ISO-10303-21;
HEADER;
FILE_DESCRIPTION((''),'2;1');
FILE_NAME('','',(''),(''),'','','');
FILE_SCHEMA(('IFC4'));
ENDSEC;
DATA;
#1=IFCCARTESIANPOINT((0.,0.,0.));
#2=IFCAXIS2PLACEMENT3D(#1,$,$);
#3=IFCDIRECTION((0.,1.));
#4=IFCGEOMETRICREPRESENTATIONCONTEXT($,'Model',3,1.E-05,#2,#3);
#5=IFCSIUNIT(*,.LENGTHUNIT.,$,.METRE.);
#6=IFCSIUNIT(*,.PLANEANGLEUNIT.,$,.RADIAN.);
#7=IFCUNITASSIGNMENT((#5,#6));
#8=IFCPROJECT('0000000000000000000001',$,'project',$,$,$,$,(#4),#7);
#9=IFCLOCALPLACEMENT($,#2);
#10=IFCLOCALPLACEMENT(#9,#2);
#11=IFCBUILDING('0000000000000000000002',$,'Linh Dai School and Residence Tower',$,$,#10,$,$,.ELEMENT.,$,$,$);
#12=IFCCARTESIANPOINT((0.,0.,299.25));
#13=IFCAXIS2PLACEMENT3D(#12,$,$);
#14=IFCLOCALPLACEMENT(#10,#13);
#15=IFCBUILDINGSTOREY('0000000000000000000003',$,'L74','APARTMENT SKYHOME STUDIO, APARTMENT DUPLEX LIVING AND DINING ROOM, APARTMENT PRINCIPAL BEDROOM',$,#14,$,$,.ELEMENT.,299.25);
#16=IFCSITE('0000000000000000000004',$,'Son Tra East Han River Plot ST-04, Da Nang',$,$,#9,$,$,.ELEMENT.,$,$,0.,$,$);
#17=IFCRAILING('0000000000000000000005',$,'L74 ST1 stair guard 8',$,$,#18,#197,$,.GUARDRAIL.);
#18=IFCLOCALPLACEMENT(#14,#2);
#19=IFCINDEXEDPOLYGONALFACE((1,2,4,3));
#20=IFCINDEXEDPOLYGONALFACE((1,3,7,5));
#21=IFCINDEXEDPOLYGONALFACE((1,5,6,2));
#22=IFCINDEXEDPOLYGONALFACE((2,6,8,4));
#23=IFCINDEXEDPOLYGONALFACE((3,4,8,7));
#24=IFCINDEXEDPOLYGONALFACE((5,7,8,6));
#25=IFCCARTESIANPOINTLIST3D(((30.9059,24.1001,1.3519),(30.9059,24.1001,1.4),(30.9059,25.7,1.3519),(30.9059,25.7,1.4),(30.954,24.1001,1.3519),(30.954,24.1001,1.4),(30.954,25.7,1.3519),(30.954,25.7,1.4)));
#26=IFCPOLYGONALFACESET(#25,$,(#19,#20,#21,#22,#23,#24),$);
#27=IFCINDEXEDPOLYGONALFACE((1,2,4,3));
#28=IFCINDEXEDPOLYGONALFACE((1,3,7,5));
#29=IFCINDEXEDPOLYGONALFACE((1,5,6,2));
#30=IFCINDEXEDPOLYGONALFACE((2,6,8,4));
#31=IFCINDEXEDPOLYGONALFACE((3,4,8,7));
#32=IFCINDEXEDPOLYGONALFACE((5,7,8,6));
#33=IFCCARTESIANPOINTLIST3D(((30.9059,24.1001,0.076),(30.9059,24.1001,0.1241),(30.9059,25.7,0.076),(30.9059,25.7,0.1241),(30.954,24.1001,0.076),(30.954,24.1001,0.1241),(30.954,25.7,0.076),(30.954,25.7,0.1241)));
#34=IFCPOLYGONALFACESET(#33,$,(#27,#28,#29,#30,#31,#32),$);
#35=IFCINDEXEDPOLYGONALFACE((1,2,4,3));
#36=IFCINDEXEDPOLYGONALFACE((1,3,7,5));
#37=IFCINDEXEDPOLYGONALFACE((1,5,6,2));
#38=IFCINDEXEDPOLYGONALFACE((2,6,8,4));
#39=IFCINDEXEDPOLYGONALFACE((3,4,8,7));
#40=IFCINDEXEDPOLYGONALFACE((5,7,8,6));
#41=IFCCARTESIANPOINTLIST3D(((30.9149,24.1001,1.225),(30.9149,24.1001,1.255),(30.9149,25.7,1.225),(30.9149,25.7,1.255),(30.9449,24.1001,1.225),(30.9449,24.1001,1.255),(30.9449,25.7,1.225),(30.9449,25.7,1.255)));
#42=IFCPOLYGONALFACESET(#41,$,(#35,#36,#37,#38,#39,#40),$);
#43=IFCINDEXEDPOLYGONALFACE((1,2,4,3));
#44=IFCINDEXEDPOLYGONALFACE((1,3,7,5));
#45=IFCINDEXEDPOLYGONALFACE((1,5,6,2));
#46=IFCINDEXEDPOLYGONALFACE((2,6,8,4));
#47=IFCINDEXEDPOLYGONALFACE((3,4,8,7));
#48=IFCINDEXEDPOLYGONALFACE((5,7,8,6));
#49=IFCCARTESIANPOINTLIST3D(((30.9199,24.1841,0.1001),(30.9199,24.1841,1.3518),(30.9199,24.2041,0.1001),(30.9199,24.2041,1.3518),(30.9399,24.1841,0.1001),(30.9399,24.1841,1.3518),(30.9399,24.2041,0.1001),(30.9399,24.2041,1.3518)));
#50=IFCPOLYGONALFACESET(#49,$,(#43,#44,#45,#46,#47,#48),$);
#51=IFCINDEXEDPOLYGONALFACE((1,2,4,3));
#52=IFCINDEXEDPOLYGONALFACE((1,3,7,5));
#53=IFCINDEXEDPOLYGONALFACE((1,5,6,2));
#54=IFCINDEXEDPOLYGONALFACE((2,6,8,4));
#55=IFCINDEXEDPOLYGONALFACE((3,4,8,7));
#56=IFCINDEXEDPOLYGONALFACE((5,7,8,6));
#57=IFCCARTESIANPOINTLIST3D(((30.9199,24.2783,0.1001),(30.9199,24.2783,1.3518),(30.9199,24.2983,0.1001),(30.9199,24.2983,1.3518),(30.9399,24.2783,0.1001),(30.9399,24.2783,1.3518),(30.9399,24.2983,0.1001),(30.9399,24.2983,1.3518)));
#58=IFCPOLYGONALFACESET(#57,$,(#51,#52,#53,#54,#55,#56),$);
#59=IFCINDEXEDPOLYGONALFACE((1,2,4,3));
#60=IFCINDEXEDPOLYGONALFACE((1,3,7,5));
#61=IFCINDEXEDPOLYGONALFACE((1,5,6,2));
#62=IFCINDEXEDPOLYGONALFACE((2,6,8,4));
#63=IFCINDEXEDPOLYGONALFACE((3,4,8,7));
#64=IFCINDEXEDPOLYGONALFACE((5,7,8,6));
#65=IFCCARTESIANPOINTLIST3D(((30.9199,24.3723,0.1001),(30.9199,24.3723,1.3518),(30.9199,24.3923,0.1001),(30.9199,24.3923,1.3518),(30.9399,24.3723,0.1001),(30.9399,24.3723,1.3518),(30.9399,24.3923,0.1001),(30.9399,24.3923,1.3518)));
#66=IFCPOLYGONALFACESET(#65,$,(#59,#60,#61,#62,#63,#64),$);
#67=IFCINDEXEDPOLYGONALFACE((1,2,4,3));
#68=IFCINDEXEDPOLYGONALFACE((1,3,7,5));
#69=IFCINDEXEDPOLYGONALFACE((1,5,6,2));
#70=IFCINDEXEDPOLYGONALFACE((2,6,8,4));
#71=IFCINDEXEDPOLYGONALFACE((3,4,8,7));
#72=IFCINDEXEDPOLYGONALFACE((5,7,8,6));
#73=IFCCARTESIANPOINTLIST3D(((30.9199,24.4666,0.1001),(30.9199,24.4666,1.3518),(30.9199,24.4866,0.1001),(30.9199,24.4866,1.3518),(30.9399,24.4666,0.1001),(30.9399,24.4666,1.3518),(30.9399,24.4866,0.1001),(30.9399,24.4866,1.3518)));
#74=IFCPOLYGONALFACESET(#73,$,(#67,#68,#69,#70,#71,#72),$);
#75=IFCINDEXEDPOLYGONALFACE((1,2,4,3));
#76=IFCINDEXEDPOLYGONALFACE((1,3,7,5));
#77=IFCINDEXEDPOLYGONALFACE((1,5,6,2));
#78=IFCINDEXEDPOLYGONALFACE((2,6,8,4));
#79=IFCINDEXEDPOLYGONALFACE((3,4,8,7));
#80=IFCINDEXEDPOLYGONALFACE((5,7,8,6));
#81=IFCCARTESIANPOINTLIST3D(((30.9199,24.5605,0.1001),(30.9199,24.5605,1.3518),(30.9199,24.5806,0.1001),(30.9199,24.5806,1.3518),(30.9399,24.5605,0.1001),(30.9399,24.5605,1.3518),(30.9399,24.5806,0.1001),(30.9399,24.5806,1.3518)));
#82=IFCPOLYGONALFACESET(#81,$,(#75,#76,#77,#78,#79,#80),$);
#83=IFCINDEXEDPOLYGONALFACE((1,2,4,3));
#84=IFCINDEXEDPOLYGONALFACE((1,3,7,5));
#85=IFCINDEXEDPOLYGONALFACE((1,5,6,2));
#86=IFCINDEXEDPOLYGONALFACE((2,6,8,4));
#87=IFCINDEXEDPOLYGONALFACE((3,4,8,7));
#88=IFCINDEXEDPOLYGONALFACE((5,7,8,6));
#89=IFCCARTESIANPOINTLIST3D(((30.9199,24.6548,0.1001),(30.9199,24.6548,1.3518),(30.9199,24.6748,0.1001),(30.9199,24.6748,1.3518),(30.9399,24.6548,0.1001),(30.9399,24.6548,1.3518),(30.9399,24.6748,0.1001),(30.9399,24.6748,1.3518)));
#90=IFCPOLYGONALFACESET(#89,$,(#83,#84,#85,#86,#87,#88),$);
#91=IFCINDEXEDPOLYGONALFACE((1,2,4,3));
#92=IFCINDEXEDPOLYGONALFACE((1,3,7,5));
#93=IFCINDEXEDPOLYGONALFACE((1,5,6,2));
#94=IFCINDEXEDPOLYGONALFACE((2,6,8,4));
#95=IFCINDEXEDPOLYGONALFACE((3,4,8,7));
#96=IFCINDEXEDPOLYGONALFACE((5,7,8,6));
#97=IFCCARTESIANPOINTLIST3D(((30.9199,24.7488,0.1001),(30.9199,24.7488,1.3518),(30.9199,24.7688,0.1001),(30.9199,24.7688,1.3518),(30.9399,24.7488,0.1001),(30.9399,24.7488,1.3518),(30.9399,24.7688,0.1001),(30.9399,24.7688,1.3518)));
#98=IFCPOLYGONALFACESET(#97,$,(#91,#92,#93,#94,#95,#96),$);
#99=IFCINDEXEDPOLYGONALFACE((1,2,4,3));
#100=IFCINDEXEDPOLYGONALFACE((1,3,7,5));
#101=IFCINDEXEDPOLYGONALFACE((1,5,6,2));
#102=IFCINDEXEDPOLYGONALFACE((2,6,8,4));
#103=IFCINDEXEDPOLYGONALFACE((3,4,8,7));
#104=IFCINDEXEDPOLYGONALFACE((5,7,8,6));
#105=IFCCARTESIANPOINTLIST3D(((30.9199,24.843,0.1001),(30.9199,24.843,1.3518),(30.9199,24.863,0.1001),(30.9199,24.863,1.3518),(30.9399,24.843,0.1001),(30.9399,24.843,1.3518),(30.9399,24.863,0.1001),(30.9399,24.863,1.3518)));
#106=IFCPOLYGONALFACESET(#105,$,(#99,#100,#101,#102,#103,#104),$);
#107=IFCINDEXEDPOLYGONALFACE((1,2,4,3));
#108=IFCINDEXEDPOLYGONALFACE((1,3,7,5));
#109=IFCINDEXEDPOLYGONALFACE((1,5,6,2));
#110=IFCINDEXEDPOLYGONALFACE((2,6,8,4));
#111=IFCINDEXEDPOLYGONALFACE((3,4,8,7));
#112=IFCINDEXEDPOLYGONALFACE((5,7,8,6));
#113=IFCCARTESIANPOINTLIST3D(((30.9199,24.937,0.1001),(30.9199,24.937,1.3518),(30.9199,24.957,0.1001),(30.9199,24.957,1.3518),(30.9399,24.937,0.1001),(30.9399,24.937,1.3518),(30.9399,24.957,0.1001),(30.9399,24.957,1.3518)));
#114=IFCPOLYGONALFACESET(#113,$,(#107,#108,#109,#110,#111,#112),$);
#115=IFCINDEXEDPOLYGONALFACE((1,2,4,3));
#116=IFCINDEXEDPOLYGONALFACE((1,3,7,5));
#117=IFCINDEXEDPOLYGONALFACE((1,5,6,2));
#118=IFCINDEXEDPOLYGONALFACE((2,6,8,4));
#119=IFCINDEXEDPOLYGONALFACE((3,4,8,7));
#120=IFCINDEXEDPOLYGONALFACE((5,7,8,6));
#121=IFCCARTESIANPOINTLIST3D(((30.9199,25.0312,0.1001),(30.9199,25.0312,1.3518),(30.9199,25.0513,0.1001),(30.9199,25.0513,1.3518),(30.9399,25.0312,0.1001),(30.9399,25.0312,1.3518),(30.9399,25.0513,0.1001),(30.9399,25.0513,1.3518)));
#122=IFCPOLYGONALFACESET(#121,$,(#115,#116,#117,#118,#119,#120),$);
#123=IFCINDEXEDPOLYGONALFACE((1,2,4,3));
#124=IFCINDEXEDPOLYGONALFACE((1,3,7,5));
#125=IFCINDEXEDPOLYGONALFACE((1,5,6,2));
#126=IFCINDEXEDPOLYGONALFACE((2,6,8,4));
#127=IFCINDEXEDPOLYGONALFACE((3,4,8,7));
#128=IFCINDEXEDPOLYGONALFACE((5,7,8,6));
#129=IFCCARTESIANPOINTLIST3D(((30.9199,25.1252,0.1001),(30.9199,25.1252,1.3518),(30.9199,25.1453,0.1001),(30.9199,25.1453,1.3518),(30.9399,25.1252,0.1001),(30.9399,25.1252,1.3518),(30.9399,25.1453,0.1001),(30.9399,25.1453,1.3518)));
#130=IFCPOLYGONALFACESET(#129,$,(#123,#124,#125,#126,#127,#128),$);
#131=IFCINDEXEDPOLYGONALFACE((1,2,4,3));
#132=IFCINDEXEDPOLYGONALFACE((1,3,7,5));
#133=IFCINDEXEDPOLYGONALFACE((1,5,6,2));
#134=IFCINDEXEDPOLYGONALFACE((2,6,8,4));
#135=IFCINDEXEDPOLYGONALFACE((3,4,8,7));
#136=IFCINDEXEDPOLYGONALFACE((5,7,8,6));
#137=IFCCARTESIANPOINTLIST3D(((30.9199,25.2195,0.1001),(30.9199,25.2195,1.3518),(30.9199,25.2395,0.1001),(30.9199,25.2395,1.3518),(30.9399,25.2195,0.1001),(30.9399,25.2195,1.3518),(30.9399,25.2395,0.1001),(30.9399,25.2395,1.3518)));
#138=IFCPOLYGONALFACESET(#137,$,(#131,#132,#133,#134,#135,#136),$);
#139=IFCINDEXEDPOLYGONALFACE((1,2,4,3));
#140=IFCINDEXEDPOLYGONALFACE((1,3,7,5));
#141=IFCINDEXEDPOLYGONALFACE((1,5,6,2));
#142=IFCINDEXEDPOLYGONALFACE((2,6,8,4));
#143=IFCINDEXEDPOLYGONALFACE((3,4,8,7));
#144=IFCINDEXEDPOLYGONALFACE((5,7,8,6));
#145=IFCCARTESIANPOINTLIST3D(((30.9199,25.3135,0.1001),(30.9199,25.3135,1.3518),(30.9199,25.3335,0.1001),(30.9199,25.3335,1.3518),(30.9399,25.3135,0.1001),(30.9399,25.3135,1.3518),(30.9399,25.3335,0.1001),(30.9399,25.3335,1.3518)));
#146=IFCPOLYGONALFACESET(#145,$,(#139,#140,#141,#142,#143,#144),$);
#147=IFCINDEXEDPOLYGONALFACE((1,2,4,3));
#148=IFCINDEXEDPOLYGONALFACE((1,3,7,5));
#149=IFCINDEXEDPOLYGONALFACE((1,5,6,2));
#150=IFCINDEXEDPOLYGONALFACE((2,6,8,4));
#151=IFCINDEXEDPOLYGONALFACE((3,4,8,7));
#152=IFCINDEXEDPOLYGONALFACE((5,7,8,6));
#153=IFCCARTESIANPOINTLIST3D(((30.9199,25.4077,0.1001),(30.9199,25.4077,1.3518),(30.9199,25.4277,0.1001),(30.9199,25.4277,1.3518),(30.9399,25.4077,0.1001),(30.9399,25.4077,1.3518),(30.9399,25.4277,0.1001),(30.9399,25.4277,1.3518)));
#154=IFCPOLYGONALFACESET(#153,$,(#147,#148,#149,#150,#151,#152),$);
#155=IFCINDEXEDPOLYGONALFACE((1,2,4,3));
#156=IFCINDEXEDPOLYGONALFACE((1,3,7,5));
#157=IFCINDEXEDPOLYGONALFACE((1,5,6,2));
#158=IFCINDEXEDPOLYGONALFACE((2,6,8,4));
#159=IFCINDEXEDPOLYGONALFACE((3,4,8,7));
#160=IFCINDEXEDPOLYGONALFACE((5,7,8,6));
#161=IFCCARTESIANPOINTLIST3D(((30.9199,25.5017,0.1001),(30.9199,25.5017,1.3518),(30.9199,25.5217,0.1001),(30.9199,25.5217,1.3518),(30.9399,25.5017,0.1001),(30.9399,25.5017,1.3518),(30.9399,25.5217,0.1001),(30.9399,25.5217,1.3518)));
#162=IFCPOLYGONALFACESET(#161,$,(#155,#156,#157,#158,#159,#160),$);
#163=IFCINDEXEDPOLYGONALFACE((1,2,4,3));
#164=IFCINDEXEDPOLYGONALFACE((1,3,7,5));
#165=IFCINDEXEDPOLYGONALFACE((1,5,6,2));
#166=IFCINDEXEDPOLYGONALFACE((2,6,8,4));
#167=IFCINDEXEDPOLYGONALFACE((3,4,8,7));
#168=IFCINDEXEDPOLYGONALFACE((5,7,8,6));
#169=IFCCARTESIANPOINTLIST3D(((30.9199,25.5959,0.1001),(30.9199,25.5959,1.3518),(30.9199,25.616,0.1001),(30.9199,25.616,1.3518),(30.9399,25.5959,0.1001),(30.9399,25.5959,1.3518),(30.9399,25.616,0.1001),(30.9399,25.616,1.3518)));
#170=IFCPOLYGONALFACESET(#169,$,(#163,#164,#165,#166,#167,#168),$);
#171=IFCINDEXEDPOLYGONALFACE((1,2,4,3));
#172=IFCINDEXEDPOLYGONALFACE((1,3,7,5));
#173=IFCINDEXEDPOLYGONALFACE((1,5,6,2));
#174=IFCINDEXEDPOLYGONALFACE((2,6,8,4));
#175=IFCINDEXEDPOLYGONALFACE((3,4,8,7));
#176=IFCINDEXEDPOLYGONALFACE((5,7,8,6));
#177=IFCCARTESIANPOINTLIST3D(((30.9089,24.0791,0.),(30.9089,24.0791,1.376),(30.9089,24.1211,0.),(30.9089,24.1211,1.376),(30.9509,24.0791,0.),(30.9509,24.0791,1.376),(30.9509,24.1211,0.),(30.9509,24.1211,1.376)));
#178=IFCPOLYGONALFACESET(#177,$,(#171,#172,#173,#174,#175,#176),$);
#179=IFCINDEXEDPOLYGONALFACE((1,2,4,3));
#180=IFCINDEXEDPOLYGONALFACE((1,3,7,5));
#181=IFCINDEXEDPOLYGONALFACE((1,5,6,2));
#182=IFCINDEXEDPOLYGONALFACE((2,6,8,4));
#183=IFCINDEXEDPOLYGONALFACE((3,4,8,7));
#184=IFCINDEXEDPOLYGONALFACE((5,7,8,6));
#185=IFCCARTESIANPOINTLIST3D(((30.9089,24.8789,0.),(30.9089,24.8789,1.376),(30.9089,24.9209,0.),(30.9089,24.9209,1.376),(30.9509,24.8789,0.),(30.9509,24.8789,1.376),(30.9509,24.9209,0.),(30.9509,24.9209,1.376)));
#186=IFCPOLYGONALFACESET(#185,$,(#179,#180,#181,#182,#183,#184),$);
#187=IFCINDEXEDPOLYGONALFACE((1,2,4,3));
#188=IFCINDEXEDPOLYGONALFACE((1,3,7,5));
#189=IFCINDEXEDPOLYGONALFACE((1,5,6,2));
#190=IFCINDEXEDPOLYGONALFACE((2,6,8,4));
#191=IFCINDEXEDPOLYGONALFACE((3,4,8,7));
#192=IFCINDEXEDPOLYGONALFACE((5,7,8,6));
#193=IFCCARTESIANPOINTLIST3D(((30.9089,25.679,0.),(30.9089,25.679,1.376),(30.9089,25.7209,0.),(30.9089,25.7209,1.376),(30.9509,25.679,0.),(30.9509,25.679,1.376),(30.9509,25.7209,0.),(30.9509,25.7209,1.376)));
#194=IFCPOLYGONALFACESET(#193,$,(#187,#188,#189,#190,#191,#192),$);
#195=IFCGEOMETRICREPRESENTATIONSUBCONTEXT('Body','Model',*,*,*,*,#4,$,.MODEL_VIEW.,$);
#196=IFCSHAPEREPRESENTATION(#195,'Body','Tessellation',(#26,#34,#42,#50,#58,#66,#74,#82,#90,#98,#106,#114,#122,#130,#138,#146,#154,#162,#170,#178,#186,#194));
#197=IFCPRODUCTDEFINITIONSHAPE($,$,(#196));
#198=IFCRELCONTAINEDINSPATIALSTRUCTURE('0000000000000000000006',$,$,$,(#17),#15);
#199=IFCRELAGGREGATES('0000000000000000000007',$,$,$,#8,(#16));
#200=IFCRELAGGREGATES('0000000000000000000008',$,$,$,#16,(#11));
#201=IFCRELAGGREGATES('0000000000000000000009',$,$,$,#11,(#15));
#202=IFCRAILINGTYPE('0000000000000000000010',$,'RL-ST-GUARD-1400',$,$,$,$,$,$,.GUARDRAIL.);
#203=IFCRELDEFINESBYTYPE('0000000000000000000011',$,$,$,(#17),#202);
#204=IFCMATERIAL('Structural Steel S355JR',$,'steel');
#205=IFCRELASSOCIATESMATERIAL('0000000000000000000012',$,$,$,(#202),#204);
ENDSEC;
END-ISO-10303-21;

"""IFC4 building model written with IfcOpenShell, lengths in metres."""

from ifc_helpers import new_model, si_unit, direction, frame, origin, origin_2d, place, context, subcontext, project, spatial, rectangle, extrude, source, transform, mapped, material, type_object, element, save


model = new_model("IFC4")

# Units and contexts
model_context = context("Model", 3, precision=1e-05, world=origin(), true_north=direction((0.0, 1.0)))
body_context = subcontext(model_context, "Body", "Model", "MODEL_VIEW")
ifc_project = project(units=[si_unit("LENGTHUNIT", "METRE"), si_unit("PLANEANGLEUNIT", "RADIAN")], contexts=[model_context])

# Site, building, storey
site_placement = place(None, origin())
site = spatial("IfcSite", under=ifc_project, at=site_placement, Name="Son Tra East Han River Plot ST-04, Da Nang", CompositionType="ELEMENT", RefElevation=0.0)
building_placement = place(site_placement, origin())
building = spatial("IfcBuilding", under=site, at=building_placement, Name="Linh Dai School and Residence Tower", CompositionType="ELEMENT")
storey_placement = place(building_placement, frame((0.0, 0.0, 299.25)))
storey = spatial("IfcBuildingStorey", under=building, at=storey_placement, Name="L74", Description="APARTMENT SKYHOME STUDIO, APARTMENT DUPLEX LIVING AND DINING ROOM, APARTMENT PRINCIPAL BEDROOM", CompositionType="ELEMENT", Elevation=299.25)

# Shared definitions
ifc_material_1 = material(Name="Structural Steel S355JR", Category="steel")

# Railing
railing_type_1 = type_object("IfcRailingType", Name="RL-ST-GUARD-1400", PredefinedType="GUARDRAIL", material=ifc_material_1)
shared_shape_1 = source(origin(), body_context, "Body", "SweptSolid", [
    extrude(rectangle(XDim=0.0481, YDim=0.0481, at=origin_2d()), frame((0.0, 0.0, 1.376), z_axis=(0.0, 1.0, 0.0), x_axis=(-1.0, 0.0, 0.0)), (0.0, 0.0, 1.0), 1.5999),
    extrude(rectangle(XDim=0.0481, YDim=0.0481, at=origin_2d()), frame((0.0, 0.0, 0.1001), z_axis=(0.0, 1.0, 0.0), x_axis=(-1.0, 0.0, 0.0)), (0.0, 0.0, 1.0), 1.5999),
    extrude(rectangle(XDim=0.03, YDim=0.03, at=origin_2d()), frame((0.0, 0.0, 1.24), z_axis=(0.0, 1.0, 0.0), x_axis=(-1.0, 0.0, 0.0)), (0.0, 0.0, 1.0), 1.5999),
    extrude(rectangle(XDim=0.02, YDim=0.02, at=origin_2d()), frame((0.0, 0.094, 0.1001)), (0.0, 0.0, 1.0), 1.2517),
    extrude(rectangle(XDim=0.02, YDim=0.02, at=origin_2d()), frame((0.0, 0.1882, 0.1001)), (0.0, 0.0, 1.0), 1.2517),
    extrude(rectangle(XDim=0.02, YDim=0.02, at=origin_2d()), frame((0.0, 0.2822, 0.1001)), (0.0, 0.0, 1.0), 1.2517),
    extrude(rectangle(XDim=0.02, YDim=0.02, at=origin_2d()), frame((0.0, 0.3765, 0.1001)), (0.0, 0.0, 1.0), 1.2517),
    extrude(rectangle(XDim=0.02, YDim=0.02, at=origin_2d()), frame((0.0, 0.4705, 0.1001)), (0.0, 0.0, 1.0), 1.2517),
    extrude(rectangle(XDim=0.02, YDim=0.02, at=origin_2d()), frame((0.0, 0.5647, 0.1001)), (0.0, 0.0, 1.0), 1.2517),
    extrude(rectangle(XDim=0.02, YDim=0.02, at=origin_2d()), frame((0.0, 0.6587, 0.1001)), (0.0, 0.0, 1.0), 1.2517),
    extrude(rectangle(XDim=0.02, YDim=0.02, at=origin_2d()), frame((0.0, 0.7529, 0.1001)), (0.0, 0.0, 1.0), 1.2517),
    extrude(rectangle(XDim=0.02, YDim=0.02, at=origin_2d()), frame((0.0, 0.8469, 0.1001)), (0.0, 0.0, 1.0), 1.2517),
    extrude(rectangle(XDim=0.02, YDim=0.02, at=origin_2d()), frame((0.0, 0.9412, 0.1001)), (0.0, 0.0, 1.0), 1.2517),
    extrude(rectangle(XDim=0.02, YDim=0.02, at=origin_2d()), frame((0.0, 1.0352, 0.1001)), (0.0, 0.0, 1.0), 1.2517),
    extrude(rectangle(XDim=0.02, YDim=0.02, at=origin_2d()), frame((0.0, 1.1294, 0.1001)), (0.0, 0.0, 1.0), 1.2517),
    extrude(rectangle(XDim=0.02, YDim=0.02, at=origin_2d()), frame((0.0, 1.2234, 0.1001)), (0.0, 0.0, 1.0), 1.2517),
    extrude(rectangle(XDim=0.02, YDim=0.02, at=origin_2d()), frame((0.0, 1.3176, 0.1001)), (0.0, 0.0, 1.0), 1.2517),
    extrude(rectangle(XDim=0.02, YDim=0.02, at=origin_2d()), frame((0.0, 1.4116, 0.1001)), (0.0, 0.0, 1.0), 1.2517),
    extrude(rectangle(XDim=0.02, YDim=0.02, at=origin_2d()), frame((0.0, 1.5059, 0.1001)), (0.0, 0.0, 1.0), 1.2517),
    extrude(rectangle(XDim=0.042, YDim=0.042, at=origin_2d()), origin(), (0.0, 0.0, 1.0), 1.376),
    extrude(rectangle(XDim=0.042, YDim=0.042, at=origin_2d()), frame((0.0, 0.7998, 0.0)), (0.0, 0.0, 1.0), 1.376),
    extrude(rectangle(XDim=0.042, YDim=0.042, at=origin_2d()), frame((0.0, 1.5999, 0.0)), (0.0, 0.0, 1.0), 1.376),
])
for number, where, name in (
    (1, (30.9299, 24.1001, 0.0), "L74 ST1 stair guard 8"),
):
    element("IfcRailing", number, at=place(storey_placement, frame(where)), inside=storey, type_object=railing_type_1, Name=name, PredefinedType="GUARDRAIL", context=body_context, shape_type="MappedRepresentation", body=[
        mapped(shared_shape_1, transform((0.0, 0.0, 0.0), x_axis=(1.0, 0.0, 0.0), y_axis=(0.0, 1.0, 0.0), z_axis=(0.0, 0.0, 1.0), scale=1.0)),
    ])

save(model, "model.ifc")
